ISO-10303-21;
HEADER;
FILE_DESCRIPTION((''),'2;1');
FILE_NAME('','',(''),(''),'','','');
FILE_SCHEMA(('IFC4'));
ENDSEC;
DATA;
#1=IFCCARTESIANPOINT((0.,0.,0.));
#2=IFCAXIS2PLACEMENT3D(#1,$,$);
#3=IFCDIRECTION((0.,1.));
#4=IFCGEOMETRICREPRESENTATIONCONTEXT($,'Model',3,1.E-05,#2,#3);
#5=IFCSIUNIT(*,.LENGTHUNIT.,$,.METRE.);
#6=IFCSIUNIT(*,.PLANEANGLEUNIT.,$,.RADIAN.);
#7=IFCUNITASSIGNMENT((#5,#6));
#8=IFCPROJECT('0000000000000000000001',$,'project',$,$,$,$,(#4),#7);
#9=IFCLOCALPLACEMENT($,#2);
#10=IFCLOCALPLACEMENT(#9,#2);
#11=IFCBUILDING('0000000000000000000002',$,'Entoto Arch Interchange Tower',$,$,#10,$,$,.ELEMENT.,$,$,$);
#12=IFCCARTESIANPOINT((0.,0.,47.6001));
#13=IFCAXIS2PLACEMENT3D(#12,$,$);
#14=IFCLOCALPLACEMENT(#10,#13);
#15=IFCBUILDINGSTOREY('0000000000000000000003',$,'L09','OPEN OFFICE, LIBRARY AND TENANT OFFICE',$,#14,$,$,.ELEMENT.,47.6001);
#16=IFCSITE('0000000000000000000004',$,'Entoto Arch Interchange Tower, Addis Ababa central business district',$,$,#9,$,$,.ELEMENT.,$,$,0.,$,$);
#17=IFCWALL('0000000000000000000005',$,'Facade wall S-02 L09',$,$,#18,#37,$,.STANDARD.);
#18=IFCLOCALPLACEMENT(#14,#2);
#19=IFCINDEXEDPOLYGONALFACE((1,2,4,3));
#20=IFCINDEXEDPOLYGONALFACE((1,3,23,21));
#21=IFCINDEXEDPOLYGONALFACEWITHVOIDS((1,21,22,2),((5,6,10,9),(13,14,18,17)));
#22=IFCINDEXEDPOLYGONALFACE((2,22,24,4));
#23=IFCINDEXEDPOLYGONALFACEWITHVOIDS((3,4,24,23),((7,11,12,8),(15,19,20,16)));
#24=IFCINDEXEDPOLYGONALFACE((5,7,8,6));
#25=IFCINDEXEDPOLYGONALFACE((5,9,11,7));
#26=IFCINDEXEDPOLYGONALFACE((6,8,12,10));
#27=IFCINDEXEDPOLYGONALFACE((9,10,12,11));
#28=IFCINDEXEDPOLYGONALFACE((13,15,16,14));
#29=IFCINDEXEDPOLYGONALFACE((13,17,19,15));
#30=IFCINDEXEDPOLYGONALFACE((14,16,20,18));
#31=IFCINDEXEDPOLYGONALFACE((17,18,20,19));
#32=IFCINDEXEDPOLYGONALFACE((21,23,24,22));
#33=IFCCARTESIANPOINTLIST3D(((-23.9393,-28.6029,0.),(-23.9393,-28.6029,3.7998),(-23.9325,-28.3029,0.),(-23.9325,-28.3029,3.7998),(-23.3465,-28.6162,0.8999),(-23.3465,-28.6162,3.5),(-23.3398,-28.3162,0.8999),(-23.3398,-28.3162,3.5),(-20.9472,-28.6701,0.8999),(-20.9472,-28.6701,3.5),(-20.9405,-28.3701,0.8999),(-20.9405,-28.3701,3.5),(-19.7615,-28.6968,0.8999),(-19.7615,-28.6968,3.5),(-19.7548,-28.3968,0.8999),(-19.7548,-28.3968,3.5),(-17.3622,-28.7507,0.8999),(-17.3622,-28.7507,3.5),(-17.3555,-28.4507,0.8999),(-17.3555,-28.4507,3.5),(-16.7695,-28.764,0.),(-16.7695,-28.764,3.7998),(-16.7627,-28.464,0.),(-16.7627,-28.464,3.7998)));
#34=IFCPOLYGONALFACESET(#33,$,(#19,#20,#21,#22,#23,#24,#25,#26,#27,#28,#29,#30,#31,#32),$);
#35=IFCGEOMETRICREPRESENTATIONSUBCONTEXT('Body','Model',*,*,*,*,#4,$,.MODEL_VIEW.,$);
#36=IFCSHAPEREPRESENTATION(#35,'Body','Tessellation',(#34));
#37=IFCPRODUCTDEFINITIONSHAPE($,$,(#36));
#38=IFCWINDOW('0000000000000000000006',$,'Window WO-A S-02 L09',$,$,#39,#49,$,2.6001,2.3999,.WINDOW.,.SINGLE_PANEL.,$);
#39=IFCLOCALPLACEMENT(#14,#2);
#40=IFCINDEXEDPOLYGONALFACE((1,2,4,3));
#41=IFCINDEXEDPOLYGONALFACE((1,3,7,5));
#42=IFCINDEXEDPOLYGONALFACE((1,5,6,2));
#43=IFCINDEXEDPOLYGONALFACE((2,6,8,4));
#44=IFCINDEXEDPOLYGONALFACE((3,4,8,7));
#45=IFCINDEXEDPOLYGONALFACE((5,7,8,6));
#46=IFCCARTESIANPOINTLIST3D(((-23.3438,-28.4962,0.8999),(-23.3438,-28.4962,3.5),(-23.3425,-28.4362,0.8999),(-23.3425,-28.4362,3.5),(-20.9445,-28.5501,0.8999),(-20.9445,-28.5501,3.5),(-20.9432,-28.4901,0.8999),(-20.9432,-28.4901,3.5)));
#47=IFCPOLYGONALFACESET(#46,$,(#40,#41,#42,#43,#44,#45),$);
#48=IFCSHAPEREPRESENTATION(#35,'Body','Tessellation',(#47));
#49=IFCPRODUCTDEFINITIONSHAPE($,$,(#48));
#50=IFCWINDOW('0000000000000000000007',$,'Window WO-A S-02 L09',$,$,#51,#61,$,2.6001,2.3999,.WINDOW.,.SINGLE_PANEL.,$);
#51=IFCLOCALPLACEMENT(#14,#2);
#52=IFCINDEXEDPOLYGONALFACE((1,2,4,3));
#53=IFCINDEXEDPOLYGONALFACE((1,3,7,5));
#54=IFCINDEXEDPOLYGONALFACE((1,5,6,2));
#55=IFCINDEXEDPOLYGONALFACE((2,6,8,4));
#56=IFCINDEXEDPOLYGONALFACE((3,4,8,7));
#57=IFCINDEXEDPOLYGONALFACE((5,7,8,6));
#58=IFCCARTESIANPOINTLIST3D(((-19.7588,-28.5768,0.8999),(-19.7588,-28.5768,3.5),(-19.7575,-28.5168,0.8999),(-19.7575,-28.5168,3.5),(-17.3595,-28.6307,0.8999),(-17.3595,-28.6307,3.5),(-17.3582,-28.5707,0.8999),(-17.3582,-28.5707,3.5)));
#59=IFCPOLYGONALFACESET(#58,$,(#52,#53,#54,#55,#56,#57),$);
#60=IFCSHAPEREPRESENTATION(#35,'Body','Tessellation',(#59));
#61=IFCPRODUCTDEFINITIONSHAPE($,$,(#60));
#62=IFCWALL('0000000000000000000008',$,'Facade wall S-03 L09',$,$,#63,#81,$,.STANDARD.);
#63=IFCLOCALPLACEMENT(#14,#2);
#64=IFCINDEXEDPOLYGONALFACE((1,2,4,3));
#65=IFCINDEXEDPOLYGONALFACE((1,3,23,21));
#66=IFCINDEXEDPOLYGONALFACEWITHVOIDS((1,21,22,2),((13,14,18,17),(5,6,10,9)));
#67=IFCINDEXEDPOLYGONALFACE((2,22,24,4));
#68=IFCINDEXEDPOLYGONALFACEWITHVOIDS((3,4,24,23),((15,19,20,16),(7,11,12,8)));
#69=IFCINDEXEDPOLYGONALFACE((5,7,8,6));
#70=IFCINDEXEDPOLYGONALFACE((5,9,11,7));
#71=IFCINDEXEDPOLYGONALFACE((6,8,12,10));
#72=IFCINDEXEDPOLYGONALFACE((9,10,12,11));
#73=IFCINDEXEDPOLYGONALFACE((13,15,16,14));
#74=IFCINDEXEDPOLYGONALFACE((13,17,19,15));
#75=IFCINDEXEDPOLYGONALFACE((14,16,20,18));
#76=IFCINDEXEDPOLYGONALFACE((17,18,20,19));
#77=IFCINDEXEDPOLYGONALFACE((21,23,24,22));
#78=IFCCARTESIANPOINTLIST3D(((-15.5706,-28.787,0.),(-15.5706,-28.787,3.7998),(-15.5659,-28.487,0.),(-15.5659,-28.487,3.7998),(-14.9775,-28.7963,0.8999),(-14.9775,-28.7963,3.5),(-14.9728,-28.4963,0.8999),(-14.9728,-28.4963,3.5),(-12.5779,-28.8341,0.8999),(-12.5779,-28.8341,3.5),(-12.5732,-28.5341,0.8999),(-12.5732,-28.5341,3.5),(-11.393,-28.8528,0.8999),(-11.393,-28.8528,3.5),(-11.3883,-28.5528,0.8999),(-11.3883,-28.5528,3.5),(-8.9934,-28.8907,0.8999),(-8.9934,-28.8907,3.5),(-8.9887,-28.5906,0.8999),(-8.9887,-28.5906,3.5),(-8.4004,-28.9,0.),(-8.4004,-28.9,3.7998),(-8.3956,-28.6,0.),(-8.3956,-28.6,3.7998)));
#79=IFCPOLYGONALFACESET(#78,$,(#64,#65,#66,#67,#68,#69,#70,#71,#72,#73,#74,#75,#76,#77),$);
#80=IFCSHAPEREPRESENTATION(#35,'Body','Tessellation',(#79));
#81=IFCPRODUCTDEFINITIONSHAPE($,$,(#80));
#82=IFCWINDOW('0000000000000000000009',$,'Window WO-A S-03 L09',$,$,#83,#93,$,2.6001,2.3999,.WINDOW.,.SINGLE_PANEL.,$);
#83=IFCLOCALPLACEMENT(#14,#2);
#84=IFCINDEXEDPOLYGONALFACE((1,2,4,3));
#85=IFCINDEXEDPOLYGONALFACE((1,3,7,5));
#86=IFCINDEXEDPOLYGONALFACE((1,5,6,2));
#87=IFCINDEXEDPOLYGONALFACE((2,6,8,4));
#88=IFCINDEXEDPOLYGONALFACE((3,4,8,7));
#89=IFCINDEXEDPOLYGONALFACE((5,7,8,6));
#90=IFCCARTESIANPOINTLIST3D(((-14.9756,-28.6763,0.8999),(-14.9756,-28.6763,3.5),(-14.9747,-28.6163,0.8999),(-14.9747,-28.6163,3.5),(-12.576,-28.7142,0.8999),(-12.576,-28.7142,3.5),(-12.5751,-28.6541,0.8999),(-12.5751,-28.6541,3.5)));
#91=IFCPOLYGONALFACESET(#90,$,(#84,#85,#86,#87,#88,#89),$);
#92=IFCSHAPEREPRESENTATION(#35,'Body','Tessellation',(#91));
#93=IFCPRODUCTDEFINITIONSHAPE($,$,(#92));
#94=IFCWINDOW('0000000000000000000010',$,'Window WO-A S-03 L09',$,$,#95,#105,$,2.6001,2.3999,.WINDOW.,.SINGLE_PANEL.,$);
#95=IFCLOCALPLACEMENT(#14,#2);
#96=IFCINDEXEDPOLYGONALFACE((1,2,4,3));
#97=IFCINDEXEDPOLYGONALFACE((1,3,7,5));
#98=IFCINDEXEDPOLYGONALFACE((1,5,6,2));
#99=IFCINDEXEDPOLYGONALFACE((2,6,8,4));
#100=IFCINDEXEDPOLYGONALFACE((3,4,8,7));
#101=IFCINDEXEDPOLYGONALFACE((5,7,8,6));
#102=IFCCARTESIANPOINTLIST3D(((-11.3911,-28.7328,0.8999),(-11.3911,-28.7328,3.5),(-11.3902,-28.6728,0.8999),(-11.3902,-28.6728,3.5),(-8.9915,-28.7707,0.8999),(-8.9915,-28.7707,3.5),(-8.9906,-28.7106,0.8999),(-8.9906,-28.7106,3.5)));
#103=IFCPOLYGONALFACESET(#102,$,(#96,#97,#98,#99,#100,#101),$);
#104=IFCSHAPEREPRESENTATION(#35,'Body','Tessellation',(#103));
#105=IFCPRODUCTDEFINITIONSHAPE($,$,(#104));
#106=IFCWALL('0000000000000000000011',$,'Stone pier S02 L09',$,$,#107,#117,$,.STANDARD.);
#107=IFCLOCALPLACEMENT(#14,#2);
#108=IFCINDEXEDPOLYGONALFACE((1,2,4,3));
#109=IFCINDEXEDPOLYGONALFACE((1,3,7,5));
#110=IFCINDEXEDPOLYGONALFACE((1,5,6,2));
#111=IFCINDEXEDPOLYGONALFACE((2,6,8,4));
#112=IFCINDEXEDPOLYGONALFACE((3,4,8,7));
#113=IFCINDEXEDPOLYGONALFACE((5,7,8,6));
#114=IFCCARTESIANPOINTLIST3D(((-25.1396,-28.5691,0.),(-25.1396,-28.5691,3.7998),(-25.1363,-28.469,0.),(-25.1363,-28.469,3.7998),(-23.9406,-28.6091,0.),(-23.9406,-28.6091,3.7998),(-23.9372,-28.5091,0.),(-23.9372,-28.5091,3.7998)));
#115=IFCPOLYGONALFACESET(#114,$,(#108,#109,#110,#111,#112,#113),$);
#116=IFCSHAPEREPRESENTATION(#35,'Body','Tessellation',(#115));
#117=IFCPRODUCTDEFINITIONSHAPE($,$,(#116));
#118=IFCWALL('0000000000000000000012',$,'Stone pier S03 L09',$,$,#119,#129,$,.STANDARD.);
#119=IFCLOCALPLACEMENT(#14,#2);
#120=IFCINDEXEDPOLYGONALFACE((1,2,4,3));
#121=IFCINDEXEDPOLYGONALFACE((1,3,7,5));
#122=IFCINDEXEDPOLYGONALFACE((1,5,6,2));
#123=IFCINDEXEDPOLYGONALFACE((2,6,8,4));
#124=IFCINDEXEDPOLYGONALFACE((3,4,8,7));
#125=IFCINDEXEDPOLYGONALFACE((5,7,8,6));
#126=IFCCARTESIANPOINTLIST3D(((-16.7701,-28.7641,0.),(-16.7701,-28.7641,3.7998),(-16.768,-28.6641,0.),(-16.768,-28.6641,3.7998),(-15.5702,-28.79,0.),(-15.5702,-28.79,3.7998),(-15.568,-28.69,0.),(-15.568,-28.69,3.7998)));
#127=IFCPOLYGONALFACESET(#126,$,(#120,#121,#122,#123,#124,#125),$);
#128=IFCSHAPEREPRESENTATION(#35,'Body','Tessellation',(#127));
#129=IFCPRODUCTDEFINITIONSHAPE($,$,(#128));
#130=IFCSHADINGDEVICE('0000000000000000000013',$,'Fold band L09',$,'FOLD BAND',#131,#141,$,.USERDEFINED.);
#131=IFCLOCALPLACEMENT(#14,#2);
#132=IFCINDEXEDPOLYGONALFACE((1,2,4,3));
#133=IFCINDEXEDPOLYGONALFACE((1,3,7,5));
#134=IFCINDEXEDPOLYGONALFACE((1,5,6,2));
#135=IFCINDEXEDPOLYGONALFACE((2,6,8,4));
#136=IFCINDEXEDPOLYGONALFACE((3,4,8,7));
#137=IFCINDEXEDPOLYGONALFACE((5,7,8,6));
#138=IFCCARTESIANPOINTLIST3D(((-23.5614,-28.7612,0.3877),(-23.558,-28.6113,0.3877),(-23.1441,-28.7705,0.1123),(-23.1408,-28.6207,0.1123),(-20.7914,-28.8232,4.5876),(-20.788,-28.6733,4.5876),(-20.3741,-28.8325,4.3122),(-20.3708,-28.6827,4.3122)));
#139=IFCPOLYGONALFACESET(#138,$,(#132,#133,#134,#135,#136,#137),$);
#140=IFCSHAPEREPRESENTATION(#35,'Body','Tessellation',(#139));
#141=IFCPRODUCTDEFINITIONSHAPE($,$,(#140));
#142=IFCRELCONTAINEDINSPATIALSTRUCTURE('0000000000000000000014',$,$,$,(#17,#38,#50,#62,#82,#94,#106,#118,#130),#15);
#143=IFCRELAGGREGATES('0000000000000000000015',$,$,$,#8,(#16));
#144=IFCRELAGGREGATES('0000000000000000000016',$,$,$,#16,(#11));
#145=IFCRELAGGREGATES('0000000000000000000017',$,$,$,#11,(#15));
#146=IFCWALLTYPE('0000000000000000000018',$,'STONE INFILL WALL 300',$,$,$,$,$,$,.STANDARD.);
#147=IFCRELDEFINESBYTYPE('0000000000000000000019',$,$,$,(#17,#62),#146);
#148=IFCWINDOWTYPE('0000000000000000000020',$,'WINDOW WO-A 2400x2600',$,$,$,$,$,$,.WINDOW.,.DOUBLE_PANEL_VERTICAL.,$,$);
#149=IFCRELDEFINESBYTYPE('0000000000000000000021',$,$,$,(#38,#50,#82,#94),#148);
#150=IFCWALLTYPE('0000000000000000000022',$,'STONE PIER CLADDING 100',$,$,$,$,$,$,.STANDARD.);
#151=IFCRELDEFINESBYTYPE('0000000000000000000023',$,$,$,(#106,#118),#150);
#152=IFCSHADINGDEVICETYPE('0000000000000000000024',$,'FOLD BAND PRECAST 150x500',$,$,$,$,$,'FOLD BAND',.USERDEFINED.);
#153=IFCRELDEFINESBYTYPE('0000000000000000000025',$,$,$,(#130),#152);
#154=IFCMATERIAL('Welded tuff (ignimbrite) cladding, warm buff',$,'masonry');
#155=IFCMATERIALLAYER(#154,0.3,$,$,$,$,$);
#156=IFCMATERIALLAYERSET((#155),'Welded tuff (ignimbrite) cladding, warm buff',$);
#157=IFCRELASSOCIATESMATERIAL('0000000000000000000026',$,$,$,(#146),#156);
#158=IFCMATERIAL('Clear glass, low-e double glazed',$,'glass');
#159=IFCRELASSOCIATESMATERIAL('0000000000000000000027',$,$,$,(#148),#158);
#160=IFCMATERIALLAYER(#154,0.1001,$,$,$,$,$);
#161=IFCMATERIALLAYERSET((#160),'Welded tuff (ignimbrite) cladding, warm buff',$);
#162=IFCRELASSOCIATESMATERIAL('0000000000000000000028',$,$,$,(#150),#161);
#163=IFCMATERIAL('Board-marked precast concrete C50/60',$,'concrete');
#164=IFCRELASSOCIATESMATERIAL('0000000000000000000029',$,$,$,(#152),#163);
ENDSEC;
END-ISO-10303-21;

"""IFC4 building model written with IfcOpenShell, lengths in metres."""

from ifc_helpers import new_model, si_unit, direction, frame, frame_2d, origin, origin_2d, place, context, subcontext, project, spatial, rectangle, extrude, material, layer, layer_set, material_profile, profile_set, type_object, element, fill, save


model = new_model("IFC4")

# Units and contexts
model_context = context("Model", 3, precision=1e-05, world=origin(), true_north=direction((0.0, 1.0)))
body_context = subcontext(model_context, "Body", "Model", "MODEL_VIEW")
ifc_project = project(units=[si_unit("LENGTHUNIT", "METRE"), si_unit("PLANEANGLEUNIT", "RADIAN")], contexts=[model_context])

# Site, building, storey
site_placement = place(None, origin())
site = spatial("IfcSite", under=ifc_project, at=site_placement, Name="Entoto Arch Interchange Tower, Addis Ababa central business district", CompositionType="ELEMENT", RefElevation=0.0)
building_placement = place(site_placement, origin())
building = spatial("IfcBuilding", under=site, at=building_placement, Name="Entoto Arch Interchange Tower", CompositionType="ELEMENT")
storey_placement = place(building_placement, frame((0.0, 0.0, 47.6001)))
storey = spatial("IfcBuildingStorey", under=building, at=storey_placement, Name="L09", Description="OPEN OFFICE, LIBRARY AND TENANT OFFICE", CompositionType="ELEMENT", Elevation=47.6001)

# Walls, openings, windows
ifc_material_1 = material(Name="Welded tuff (ignimbrite) cladding, warm buff", Category="masonry")
ifc_layer_1 = layer(ifc_material_1, 0.3)
ifc_layer_set_1 = layer_set([ifc_layer_1], Name="Welded tuff (ignimbrite) cladding, warm buff")
wall_type_1 = type_object("IfcWallType", Name="STONE INFILL WALL 300", PredefinedType="STANDARD", material=ifc_layer_set_1)
wall_1_placement = place(storey_placement, frame((-23.936, -28.4529, 0.0), z_axis=(0.0, 0.0, 1.0), x_axis=(0.999748, -0.022468, 0.0)))
wall_1 = element("IfcWall", 1, at=wall_1_placement, inside=storey, type_object=wall_type_1, Name="Facade wall S-02 L09", PredefinedType="STANDARD", context=body_context, shape_type="SweptSolid", body=[
    extrude(rectangle(XDim=7.1716, YDim=0.3, at=frame_2d((3.5859, 0.0))), origin(), (0.0, 0.0, 1.0), 3.7998),
])
opening_1_placement = place(wall_1_placement, frame((0.593, 0.0, 0.8999)))
opening_1 = element("IfcOpeningElement", 2, at=opening_1_placement, cuts=wall_1, PredefinedType="OPENING", context=body_context, shape_type="SweptSolid", body=[
    extrude(rectangle(XDim=2.3999, YDim=2.6001, at=frame_2d((1.2, 1.3))), frame((0.0, 0.1602, 0.0), z_axis=(0.0, -1.0, 0.0), x_axis=(1.0, 0.0, 0.0)), (0.0, 0.0, 1.0), 0.3201),
])
opening_2_placement = place(wall_1_placement, frame((4.179, 0.0, 0.8999)))
opening_2 = element("IfcOpeningElement", 3, at=opening_2_placement, cuts=wall_1, PredefinedType="OPENING", context=body_context, shape_type="SweptSolid", body=[
    extrude(rectangle(XDim=2.3999, YDim=2.6001, at=frame_2d((1.2, 1.3))), frame((0.0, 0.1602, 0.0), z_axis=(0.0, -1.0, 0.0), x_axis=(1.0, 0.0, 0.0)), (0.0, 0.0, 1.0), 0.3201),
])
ifc_material_2 = material(Name="Clear glass, low-e double glazed", Category="glass")
window_type = type_object("IfcWindowType", Name="WINDOW WO-A 2400x2600", PartitioningType="DOUBLE_PANEL_VERTICAL", PredefinedType="WINDOW", material=ifc_material_2)
window_1_placement = place(opening_1_placement, origin())
window_1 = element("IfcWindow", 4, at=window_1_placement, inside=storey, type_object=window_type, Name="Window WO-A S-02 L09", OverallHeight=2.6001, OverallWidth=2.3999, PartitioningType="SINGLE_PANEL", PredefinedType="WINDOW", context=body_context, shape_type="SweptSolid", body=[
    extrude(rectangle(XDim=2.3999, YDim=2.6001, at=frame_2d((1.2, 1.3))), frame((0.0, 0.03, 0.0), z_axis=(0.0, -1.0, 0.0), x_axis=(1.0, 0.0, 0.0)), (0.0, 0.0, 1.0), 0.0601),
])
fill(opening_1, window_1)
window_2_placement = place(opening_2_placement, origin())
window_2 = element("IfcWindow", 5, at=window_2_placement, inside=storey, type_object=window_type, Name="Window WO-A S-02 L09", OverallHeight=2.6001, OverallWidth=2.3999, PartitioningType="SINGLE_PANEL", PredefinedType="WINDOW", context=body_context, shape_type="SweptSolid", body=[
    extrude(rectangle(XDim=2.3999, YDim=2.6001, at=frame_2d((1.2, 1.3))), frame((0.0, 0.03, 0.0), z_axis=(0.0, -1.0, 0.0), x_axis=(1.0, 0.0, 0.0)), (0.0, 0.0, 1.0), 0.0601),
])
fill(opening_2, window_2)
wall_2_placement = place(storey_placement, frame((-15.5681, -28.637, 0.0), z_axis=(0.0, 0.0, 1.0), x_axis=(0.999876, -0.015763, 0.0)))
wall_2 = element("IfcWall", 6, at=wall_2_placement, inside=storey, type_object=wall_type_1, Name="Facade wall S-03 L09", PredefinedType="STANDARD", context=body_context, shape_type="SweptSolid", body=[
    extrude(rectangle(XDim=7.1711, YDim=0.3, at=frame_2d((3.5854, 0.0))), origin(), (0.0, 0.0, 1.0), 3.7998),
])
opening_3_placement = place(wall_2_placement, frame((0.593, 0.0, 0.8999)))
opening_3 = element("IfcOpeningElement", 7, at=opening_3_placement, cuts=wall_2, PredefinedType="OPENING", context=body_context, shape_type="SweptSolid", body=[
    extrude(rectangle(XDim=2.3999, YDim=2.6001, at=frame_2d((1.2, 1.3))), frame((0.0, 0.1602, 0.0), z_axis=(0.0, -1.0, 0.0), x_axis=(1.0, 0.0, 0.0)), (0.0, 0.0, 1.0), 0.3201),
])
opening_4_placement = place(wall_2_placement, frame((4.178, 0.0, 0.8999)))
opening_4 = element("IfcOpeningElement", 8, at=opening_4_placement, cuts=wall_2, PredefinedType="OPENING", context=body_context, shape_type="SweptSolid", body=[
    extrude(rectangle(XDim=2.3999, YDim=2.6001, at=frame_2d((1.2, 1.3))), frame((0.0, 0.1602, 0.0), z_axis=(0.0, -1.0, 0.0), x_axis=(1.0, 0.0, 0.0)), (0.0, 0.0, 1.0), 0.3201),
])
window_3_placement = place(opening_3_placement, origin())
window_3 = element("IfcWindow", 9, at=window_3_placement, inside=storey, type_object=window_type, Name="Window WO-A S-03 L09", OverallHeight=2.6001, OverallWidth=2.3999, PartitioningType="SINGLE_PANEL", PredefinedType="WINDOW", context=body_context, shape_type="SweptSolid", body=[
    extrude(rectangle(XDim=2.3999, YDim=2.6001, at=frame_2d((1.2, 1.3))), frame((0.0, 0.03, 0.0), z_axis=(0.0, -1.0, 0.0), x_axis=(1.0, 0.0, 0.0)), (0.0, 0.0, 1.0), 0.0601),
])
fill(opening_3, window_3)
window_4_placement = place(opening_4_placement, origin())
window_4 = element("IfcWindow", 10, at=window_4_placement, inside=storey, type_object=window_type, Name="Window WO-A S-03 L09", OverallHeight=2.6001, OverallWidth=2.3999, PartitioningType="SINGLE_PANEL", PredefinedType="WINDOW", context=body_context, shape_type="SweptSolid", body=[
    extrude(rectangle(XDim=2.3999, YDim=2.6001, at=frame_2d((1.2, 1.3))), frame((0.0, 0.03, 0.0), z_axis=(0.0, -1.0, 0.0), x_axis=(1.0, 0.0, 0.0)), (0.0, 0.0, 1.0), 0.0601),
])
fill(opening_4, window_4)

# Walls
ifc_layer_2 = layer(ifc_material_1, 0.1001)
ifc_layer_set_2 = layer_set([ifc_layer_2], Name="Welded tuff (ignimbrite) cladding, warm buff")
wall_type_2 = type_object("IfcWallType", Name="STONE PIER CLADDING 100", PredefinedType="STANDARD", material=ifc_layer_set_2)
wall_3_placement = place(storey_placement, frame((-25.1379, -28.519, 0.0), z_axis=(0.0, 0.0, 1.0), x_axis=(0.999443, -0.033376, 0.0)))
element("IfcWall", 11, at=wall_3_placement, inside=storey, type_object=wall_type_2, Name="Stone pier S02 L09", PredefinedType="STANDARD", context=body_context, shape_type="SweptSolid", body=[
    extrude(rectangle(XDim=1.1997, YDim=0.1001, at=frame_2d((0.5999, 0.0))), origin(), (0.0, 0.0, 1.0), 3.7998),
])
wall_4_placement = place(storey_placement, frame((-16.769, -28.7141, 0.0), z_axis=(0.0, 0.0, 1.0), x_axis=(0.999768, -0.021562, 0.0)))
element("IfcWall", 12, at=wall_4_placement, inside=storey, type_object=wall_type_2, Name="Stone pier S03 L09", PredefinedType="STANDARD", context=body_context, shape_type="SweptSolid", body=[
    extrude(rectangle(XDim=1.2002, YDim=0.1001, at=frame_2d((0.6001, 0.0))), origin(), (0.0, 0.0, 1.0), 3.7998),
])

# Shading device
ifc_material_3 = material(Name="Board-marked precast concrete C50/60", Category="concrete")
ifc_material_profile_1 = material_profile(ifc_material_3, rectangle(XDim=0.1499, YDim=0.5, at=origin_2d()))
ifc_profile_set_1 = profile_set([ifc_material_profile_1], Name="Board-marked precast concrete C50/60")
shading_device_type = type_object("IfcShadingDeviceType", Name="FOLD BAND PRECAST 150x500", ElementType="FOLD BAND", PredefinedType="USERDEFINED", material=ifc_profile_set_1)
shading_device_placement = place(storey_placement, frame((-23.3511, -28.6909, 0.25), z_axis=(0.550531, -0.012325, 0.834724), x_axis=(0.022381, 0.99975, 0.0)))
element("IfcShadingDevice", 13, at=shading_device_placement, inside=storey, type_object=shading_device_type, Name="Fold band L09", ObjectType="FOLD BAND", PredefinedType="USERDEFINED", context=body_context, shape_type="SweptSolid", body=[
    extrude(rectangle(XDim=0.1499, YDim=0.5, at=origin_2d()), origin(), (0.0, 0.0, 1.0), 5.0315),
])

save(model, "model.ifc")
